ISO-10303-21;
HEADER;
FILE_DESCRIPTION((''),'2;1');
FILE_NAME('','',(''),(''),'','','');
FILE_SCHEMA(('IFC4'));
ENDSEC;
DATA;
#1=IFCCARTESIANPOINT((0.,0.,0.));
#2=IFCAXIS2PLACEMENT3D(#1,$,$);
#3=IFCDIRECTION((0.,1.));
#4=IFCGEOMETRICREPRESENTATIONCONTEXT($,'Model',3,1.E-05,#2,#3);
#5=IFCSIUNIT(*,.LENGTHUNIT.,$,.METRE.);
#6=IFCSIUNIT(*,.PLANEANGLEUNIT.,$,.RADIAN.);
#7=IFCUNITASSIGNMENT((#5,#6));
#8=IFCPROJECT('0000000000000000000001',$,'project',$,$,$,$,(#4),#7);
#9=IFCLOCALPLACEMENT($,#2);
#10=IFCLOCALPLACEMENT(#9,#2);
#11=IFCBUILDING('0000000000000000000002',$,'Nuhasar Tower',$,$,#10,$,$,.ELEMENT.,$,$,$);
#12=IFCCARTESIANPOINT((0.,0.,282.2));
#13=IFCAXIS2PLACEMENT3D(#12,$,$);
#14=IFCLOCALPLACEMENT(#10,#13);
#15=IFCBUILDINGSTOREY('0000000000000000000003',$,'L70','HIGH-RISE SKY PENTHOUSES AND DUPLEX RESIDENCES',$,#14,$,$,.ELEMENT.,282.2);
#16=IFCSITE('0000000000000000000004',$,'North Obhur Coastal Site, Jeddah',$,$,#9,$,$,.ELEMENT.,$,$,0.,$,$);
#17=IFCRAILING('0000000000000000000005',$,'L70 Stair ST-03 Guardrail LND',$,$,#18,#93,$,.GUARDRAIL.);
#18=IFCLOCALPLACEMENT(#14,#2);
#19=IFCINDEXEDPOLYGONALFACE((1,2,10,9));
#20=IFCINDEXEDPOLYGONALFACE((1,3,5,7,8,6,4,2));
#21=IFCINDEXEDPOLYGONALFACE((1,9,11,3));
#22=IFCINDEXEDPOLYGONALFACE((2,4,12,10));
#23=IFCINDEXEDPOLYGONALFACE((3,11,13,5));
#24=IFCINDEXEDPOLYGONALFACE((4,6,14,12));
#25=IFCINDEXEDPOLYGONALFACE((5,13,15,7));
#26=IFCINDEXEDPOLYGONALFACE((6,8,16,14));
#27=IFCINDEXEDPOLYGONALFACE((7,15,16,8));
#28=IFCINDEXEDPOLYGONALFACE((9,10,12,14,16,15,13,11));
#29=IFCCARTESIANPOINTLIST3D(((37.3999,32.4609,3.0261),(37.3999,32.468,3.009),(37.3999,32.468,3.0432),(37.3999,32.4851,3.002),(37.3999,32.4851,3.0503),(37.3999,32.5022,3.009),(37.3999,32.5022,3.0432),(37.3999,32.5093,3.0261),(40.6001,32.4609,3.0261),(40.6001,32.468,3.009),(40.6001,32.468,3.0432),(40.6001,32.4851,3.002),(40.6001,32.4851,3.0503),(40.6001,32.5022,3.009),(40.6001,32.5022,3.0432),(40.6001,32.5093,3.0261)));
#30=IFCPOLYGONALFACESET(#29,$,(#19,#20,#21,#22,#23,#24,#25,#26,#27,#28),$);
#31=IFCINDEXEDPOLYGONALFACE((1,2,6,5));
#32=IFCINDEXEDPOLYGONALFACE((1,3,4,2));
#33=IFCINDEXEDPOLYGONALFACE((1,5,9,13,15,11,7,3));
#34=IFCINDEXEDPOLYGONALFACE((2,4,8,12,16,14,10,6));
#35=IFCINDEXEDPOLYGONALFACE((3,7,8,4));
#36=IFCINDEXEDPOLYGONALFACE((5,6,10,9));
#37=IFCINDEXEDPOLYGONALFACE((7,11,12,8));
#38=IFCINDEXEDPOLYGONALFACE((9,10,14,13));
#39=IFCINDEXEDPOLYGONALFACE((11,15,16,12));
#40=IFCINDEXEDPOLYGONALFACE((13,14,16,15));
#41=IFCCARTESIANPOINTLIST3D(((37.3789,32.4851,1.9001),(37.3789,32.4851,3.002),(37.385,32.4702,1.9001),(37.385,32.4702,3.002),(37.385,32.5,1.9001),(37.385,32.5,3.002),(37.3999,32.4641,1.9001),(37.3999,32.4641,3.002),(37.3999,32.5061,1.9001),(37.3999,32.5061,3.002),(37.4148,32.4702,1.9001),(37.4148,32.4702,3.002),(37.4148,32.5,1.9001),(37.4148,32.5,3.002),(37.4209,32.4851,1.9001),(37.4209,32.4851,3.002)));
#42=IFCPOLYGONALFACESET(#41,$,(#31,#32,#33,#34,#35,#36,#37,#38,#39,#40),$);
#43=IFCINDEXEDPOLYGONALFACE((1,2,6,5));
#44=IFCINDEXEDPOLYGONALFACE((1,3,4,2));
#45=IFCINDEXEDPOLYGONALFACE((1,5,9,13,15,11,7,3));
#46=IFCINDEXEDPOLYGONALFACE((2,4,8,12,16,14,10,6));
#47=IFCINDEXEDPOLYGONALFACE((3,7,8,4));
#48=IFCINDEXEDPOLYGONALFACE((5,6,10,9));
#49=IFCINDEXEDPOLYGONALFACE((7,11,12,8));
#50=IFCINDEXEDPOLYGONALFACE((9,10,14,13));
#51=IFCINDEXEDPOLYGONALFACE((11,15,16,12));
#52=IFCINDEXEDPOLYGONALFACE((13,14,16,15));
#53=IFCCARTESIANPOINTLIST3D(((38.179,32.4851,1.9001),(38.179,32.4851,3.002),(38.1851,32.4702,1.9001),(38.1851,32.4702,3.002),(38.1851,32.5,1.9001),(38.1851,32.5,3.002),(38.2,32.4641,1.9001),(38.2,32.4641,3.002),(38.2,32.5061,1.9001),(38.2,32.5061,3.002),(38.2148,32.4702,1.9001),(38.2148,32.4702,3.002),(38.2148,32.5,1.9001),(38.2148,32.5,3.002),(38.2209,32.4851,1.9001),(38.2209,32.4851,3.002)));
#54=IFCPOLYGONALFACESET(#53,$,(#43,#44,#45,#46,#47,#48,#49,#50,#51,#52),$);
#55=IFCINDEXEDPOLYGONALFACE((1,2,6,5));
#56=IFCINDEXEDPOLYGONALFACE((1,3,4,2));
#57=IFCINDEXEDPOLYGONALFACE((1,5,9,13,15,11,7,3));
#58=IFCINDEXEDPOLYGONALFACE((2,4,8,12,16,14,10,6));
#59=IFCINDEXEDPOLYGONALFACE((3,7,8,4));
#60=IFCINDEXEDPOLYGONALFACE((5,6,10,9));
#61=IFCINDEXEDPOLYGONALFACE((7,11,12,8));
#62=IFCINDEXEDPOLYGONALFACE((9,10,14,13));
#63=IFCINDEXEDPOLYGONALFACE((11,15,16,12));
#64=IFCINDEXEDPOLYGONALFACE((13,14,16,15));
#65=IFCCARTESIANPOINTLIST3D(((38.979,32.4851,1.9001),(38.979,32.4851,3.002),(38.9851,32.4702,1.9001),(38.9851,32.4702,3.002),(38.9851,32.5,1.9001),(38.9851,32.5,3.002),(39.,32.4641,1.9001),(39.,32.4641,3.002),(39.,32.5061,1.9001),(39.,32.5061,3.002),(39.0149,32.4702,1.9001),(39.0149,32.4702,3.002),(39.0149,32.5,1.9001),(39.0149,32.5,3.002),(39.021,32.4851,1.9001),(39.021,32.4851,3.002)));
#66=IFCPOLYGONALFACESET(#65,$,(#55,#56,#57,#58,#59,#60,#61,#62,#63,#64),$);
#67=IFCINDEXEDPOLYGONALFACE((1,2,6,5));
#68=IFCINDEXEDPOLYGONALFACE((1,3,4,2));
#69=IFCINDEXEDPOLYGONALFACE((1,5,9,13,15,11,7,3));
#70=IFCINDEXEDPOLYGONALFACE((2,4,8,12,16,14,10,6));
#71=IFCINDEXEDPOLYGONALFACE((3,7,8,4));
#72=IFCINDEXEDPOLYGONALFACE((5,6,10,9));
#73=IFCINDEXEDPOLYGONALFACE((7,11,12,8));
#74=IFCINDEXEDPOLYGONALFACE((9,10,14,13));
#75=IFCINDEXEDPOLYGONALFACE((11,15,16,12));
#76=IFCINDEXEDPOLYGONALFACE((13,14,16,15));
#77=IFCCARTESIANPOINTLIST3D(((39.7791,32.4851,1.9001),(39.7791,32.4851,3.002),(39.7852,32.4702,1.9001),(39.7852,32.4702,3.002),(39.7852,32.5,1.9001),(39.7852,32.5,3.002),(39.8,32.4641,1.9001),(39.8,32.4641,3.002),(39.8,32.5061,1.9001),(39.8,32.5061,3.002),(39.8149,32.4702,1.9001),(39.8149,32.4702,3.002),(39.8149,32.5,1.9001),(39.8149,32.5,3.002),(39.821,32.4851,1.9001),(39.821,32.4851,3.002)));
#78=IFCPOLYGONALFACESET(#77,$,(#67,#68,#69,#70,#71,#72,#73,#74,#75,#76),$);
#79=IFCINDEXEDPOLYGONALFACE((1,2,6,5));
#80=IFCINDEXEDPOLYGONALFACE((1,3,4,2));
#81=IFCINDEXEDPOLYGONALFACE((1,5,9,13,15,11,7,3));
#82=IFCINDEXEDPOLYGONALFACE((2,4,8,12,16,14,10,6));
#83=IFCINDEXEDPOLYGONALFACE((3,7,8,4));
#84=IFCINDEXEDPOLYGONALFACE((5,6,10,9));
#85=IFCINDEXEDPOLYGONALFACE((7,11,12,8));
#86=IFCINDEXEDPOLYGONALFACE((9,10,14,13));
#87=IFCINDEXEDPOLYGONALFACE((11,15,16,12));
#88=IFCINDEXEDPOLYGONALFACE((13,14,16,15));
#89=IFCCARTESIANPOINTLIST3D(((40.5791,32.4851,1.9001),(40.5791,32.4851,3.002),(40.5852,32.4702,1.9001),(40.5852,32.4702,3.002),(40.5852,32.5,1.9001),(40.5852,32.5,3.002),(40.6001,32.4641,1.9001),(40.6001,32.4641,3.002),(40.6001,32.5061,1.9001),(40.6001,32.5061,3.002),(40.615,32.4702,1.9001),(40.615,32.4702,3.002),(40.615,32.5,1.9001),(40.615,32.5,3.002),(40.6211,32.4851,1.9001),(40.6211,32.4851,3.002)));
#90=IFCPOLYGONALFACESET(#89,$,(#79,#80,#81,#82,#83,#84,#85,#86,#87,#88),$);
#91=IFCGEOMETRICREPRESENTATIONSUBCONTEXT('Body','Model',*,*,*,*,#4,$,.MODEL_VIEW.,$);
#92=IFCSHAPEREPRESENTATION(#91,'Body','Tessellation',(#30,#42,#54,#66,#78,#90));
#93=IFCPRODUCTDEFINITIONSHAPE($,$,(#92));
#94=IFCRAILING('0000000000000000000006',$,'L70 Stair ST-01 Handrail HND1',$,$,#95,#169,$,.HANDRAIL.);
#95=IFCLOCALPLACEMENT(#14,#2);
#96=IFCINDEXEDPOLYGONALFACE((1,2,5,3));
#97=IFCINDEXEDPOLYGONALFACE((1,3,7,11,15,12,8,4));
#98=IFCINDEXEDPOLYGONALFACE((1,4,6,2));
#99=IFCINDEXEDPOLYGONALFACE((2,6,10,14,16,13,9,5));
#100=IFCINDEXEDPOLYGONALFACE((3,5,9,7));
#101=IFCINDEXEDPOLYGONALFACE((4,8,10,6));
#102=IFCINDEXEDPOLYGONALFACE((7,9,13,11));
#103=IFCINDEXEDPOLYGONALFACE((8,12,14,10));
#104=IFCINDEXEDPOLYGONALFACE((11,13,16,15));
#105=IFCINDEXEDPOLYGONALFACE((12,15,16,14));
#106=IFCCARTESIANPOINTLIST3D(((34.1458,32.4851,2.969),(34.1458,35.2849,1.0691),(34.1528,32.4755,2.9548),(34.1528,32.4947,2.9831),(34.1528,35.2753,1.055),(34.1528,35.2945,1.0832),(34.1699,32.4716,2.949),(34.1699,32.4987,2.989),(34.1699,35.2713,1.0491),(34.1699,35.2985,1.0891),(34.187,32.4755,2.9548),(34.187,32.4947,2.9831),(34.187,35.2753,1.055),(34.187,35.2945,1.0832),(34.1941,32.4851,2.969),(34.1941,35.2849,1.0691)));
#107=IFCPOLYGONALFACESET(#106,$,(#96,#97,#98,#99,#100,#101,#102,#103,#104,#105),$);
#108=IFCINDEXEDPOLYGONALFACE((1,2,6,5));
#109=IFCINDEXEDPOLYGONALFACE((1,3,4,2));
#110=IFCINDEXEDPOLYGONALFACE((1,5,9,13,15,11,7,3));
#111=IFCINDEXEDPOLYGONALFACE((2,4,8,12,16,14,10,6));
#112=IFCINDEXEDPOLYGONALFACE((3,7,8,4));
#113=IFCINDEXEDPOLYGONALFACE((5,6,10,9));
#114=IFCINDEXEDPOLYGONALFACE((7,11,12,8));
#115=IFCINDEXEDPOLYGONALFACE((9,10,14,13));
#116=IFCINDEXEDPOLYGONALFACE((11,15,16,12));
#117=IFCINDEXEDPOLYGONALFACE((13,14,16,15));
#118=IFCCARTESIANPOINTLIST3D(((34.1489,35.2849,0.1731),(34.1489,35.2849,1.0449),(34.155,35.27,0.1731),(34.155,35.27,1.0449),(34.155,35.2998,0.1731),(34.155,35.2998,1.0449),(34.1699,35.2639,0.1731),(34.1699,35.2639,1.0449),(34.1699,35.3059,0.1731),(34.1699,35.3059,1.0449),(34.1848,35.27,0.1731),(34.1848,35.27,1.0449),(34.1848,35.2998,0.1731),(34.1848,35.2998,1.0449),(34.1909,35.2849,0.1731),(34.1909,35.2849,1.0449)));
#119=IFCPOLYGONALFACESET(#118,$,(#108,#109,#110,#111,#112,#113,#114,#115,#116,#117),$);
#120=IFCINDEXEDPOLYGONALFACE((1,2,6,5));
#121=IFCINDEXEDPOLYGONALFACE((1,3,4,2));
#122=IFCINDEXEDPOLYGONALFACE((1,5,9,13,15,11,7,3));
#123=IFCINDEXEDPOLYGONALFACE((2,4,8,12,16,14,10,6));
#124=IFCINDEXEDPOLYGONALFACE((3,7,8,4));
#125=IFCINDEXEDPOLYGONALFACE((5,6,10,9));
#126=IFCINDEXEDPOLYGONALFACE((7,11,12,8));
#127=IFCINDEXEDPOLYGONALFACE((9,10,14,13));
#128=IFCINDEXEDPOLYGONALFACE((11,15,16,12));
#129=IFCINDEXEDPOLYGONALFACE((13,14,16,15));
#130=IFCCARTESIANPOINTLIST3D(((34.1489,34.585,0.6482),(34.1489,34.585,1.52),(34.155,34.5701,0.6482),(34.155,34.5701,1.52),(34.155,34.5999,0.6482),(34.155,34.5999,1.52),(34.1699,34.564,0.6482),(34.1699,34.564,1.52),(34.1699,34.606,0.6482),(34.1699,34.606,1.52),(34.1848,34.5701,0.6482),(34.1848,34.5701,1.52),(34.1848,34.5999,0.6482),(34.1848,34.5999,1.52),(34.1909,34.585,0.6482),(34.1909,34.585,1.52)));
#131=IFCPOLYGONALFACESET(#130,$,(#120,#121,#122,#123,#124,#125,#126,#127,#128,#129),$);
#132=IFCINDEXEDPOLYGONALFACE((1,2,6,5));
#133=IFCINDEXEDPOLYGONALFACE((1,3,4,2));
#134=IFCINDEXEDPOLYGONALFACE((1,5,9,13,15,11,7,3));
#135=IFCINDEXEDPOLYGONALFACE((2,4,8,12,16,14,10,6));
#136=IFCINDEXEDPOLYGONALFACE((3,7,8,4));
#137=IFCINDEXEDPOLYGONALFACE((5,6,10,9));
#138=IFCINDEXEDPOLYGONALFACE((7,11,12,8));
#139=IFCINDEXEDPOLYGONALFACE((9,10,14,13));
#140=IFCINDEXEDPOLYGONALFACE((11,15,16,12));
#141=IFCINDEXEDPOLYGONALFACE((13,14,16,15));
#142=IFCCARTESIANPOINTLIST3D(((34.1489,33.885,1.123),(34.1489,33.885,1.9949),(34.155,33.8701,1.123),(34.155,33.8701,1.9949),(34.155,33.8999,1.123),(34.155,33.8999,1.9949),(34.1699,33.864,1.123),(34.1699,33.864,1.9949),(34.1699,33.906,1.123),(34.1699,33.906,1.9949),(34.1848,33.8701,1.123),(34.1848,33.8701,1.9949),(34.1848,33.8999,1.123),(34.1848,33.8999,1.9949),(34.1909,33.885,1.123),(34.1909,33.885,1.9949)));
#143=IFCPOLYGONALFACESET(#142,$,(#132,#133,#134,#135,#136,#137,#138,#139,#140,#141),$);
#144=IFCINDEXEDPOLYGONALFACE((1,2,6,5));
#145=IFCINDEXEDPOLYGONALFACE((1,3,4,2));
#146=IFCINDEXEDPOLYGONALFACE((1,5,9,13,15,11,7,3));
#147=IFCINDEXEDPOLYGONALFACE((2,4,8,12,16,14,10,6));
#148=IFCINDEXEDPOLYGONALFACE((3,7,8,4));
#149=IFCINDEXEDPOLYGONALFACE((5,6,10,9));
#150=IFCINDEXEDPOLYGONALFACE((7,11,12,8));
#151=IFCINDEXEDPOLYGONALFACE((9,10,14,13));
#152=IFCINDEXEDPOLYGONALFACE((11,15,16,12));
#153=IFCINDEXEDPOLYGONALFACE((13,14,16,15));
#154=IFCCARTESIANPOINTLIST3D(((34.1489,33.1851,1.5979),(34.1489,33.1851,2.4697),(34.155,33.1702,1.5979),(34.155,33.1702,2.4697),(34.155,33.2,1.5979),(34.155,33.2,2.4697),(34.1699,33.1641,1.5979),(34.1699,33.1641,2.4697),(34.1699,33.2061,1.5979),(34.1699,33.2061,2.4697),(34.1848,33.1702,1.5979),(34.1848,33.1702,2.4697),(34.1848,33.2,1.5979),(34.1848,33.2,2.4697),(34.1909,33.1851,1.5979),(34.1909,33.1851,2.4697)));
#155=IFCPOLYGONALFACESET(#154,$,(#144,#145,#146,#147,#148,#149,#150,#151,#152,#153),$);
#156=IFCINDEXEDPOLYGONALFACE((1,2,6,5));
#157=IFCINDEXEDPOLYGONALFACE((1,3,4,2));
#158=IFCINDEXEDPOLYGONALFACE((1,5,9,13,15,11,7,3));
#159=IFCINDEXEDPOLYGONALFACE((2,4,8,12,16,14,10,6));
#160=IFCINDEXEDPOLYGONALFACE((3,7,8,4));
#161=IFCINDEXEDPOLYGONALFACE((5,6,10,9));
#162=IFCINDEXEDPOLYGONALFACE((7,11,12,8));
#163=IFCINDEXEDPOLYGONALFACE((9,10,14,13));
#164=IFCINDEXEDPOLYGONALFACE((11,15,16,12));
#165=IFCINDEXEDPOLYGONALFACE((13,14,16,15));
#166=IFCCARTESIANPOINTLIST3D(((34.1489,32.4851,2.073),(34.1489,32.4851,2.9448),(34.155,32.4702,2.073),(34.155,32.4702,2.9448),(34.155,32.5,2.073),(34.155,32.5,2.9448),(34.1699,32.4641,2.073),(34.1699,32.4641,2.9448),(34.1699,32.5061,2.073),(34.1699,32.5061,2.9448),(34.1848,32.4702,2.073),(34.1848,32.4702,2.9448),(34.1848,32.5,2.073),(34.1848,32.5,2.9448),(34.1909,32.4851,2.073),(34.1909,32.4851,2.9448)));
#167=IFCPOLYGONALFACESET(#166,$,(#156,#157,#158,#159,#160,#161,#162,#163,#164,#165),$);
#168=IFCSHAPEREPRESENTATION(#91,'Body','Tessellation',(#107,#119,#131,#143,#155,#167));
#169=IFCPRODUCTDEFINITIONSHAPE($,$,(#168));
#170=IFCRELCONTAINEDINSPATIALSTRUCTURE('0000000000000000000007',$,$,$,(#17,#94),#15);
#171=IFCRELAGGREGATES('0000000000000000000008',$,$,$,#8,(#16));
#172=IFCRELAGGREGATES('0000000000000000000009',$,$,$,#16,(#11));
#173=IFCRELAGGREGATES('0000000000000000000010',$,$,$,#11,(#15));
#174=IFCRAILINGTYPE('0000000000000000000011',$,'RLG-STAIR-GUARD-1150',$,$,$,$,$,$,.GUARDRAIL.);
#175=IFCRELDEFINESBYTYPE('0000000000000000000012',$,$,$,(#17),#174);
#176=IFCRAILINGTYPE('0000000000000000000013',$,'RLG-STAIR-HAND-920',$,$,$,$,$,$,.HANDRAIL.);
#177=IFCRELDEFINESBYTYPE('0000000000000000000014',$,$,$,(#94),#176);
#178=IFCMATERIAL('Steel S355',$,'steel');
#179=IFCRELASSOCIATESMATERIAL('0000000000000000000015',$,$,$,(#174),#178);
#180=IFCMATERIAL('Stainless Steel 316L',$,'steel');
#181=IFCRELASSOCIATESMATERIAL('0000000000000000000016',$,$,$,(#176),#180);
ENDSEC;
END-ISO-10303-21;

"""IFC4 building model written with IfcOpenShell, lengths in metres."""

from ifc_helpers import new_model, si_unit, direction, frame, origin, place, context, subcontext, project, spatial, polyline, outline, extrude, material, type_object, element, save


model = new_model("IFC4")

# Units and contexts
model_context = context("Model", 3, precision=1e-05, world=origin(), true_north=direction((0.0, 1.0)))
body_context = subcontext(model_context, "Body", "Model", "MODEL_VIEW")
ifc_project = project(units=[si_unit("LENGTHUNIT", "METRE"), si_unit("PLANEANGLEUNIT", "RADIAN")], contexts=[model_context])

# Site, building, storey
site_placement = place(None, origin())
site = spatial("IfcSite", under=ifc_project, at=site_placement, Name="North Obhur Coastal Site, Jeddah", CompositionType="ELEMENT", RefElevation=0.0)
building_placement = place(site_placement, origin())
building = spatial("IfcBuilding", under=site, at=building_placement, Name="Nuhasar Tower", CompositionType="ELEMENT")
storey_placement = place(building_placement, frame((0.0, 0.0, 282.2)))
storey = spatial("IfcBuildingStorey", under=building, at=storey_placement, Name="L70", Description="HIGH-RISE SKY PENTHOUSES AND DUPLEX RESIDENCES", CompositionType="ELEMENT", Elevation=282.2)

# Shared definitions
ifc_material_1 = material(Name="Steel S355", Category="steel")

# Railings
railing_type_1 = type_object("IfcRailingType", Name="RLG-STAIR-GUARD-1150", PredefinedType="GUARDRAIL", material=ifc_material_1)
railing_1_placement = place(storey_placement, frame((37.3999, 32.4851, 1.9001)))
element("IfcRailing", 1, at=railing_1_placement, inside=storey, type_object=railing_type_1, Name="L70 Stair ST-03 Guardrail LND", PredefinedType="GUARDRAIL", context=body_context, shape_type="SweptSolid", body=[
    extrude(outline(polyline([(0.0242, 0.0), (0.0171, 0.0171), (0.0, 0.0242), (-0.0171, 0.0171), (-0.0242, 0.0), (-0.0171, -0.0171), (0.0, -0.0242), (0.0171, -0.0171), (0.0242, 0.0)])), frame((0.0, 0.0, 1.126), z_axis=(1.0, 0.0, 0.0), x_axis=(0.0, 1.0, 0.0)), (0.0, 0.0, 1.0), 3.2002),
    extrude(outline(polyline([(0.021, 0.0), (0.0149, 0.0149), (0.0, 0.021), (-0.0149, 0.0149), (-0.021, 0.0), (-0.0149, -0.0149), (0.0, -0.021), (0.0149, -0.0149), (0.021, 0.0)])), origin(), (0.0, 0.0, 1.0), 1.1018),
    extrude(outline(polyline([(0.021, 0.0), (0.0149, 0.0149), (0.0, 0.021), (-0.0149, 0.0149), (-0.021, 0.0), (-0.0149, -0.0149), (0.0, -0.021), (0.0149, -0.0149), (0.021, 0.0)])), frame((0.8, 0.0, 0.0)), (0.0, 0.0, 1.0), 1.1018),
    extrude(outline(polyline([(0.021, 0.0), (0.0149, 0.0149), (0.0, 0.021), (-0.0149, 0.0149), (-0.021, 0.0), (-0.0149, -0.0149), (0.0, -0.021), (0.0149, -0.0149), (0.021, 0.0)])), frame((1.6001, 0.0, 0.0)), (0.0, 0.0, 1.0), 1.1018),
    extrude(outline(polyline([(0.021, 0.0), (0.0149, 0.0149), (0.0, 0.021), (-0.0149, 0.0149), (-0.021, 0.0), (-0.0149, -0.0149), (0.0, -0.021), (0.0149, -0.0149), (0.021, 0.0)])), frame((2.4001, 0.0, 0.0)), (0.0, 0.0, 1.0), 1.1018),
    extrude(outline(polyline([(0.021, 0.0), (0.0149, 0.0149), (0.0, 0.021), (-0.0149, 0.0149), (-0.021, 0.0), (-0.0149, -0.0149), (0.0, -0.021), (0.0149, -0.0149), (0.021, 0.0)])), frame((3.2002, 0.0, 0.0)), (0.0, 0.0, 1.0), 1.1018),
])
ifc_material_2 = material(Name="Stainless Steel 316L", Category="steel")
railing_type_2 = type_object("IfcRailingType", Name="RLG-STAIR-HAND-920", PredefinedType="HANDRAIL", material=ifc_material_2)
railing_2_placement = place(storey_placement, frame((34.1699, 35.2849, 0.1731)))
element("IfcRailing", 2, at=railing_2_placement, inside=storey, type_object=railing_type_2, Name="L70 Stair ST-01 Handrail HND1", PredefinedType="HANDRAIL", context=body_context, shape_type="SweptSolid", body=[
    extrude(outline(polyline([(0.0242, 0.0), (0.0171, 0.0171), (0.0, 0.0242), (-0.0171, 0.0171), (-0.0242, 0.0), (-0.0171, -0.0171), (0.0, -0.0242), (0.0171, -0.0171), (0.0242, 0.0)])), frame((0.0, 0.0, 0.896), z_axis=(0.0, -0.827471, 0.561508), x_axis=(1.0, 0.0, 0.0)), (0.0, 0.0, 1.0), 3.3835),
    extrude(outline(polyline([(0.021, 0.0), (0.0149, 0.0149), (0.0, 0.021), (-0.0149, 0.0149), (-0.021, 0.0), (-0.0149, -0.0149), (0.0, -0.021), (0.0149, -0.0149), (0.021, 0.0)])), origin(), (0.0, 0.0, 1.0), 0.8718),
    extrude(outline(polyline([(0.021, 0.0), (0.0149, 0.0149), (0.0, 0.021), (-0.0149, 0.0149), (-0.021, 0.0), (-0.0149, -0.0149), (0.0, -0.021), (0.0149, -0.0149), (0.021, 0.0)])), frame((0.0, -0.7, 0.4751)), (0.0, 0.0, 1.0), 0.8718),
    extrude(outline(polyline([(0.021, 0.0), (0.0149, 0.0149), (0.0, 0.021), (-0.0149, 0.0149), (-0.021, 0.0), (-0.0149, -0.0149), (0.0, -0.021), (0.0149, -0.0149), (0.021, 0.0)])), frame((0.0, -1.3999, 0.95)), (0.0, 0.0, 1.0), 0.8718),
    extrude(outline(polyline([(0.021, 0.0), (0.0149, 0.0149), (0.0, 0.021), (-0.0149, 0.0149), (-0.021, 0.0), (-0.0149, -0.0149), (0.0, -0.021), (0.0149, -0.0149), (0.021, 0.0)])), frame((0.0, -2.0999, 1.4248)), (0.0, 0.0, 1.0), 0.8718),
    extrude(outline(polyline([(0.021, 0.0), (0.0149, 0.0149), (0.0, 0.021), (-0.0149, 0.0149), (-0.021, 0.0), (-0.0149, -0.0149), (0.0, -0.021), (0.0149, -0.0149), (0.021, 0.0)])), frame((0.0, -2.7998, 1.8999)), (0.0, 0.0, 1.0), 0.8718),
])

save(model, "model.ifc")
